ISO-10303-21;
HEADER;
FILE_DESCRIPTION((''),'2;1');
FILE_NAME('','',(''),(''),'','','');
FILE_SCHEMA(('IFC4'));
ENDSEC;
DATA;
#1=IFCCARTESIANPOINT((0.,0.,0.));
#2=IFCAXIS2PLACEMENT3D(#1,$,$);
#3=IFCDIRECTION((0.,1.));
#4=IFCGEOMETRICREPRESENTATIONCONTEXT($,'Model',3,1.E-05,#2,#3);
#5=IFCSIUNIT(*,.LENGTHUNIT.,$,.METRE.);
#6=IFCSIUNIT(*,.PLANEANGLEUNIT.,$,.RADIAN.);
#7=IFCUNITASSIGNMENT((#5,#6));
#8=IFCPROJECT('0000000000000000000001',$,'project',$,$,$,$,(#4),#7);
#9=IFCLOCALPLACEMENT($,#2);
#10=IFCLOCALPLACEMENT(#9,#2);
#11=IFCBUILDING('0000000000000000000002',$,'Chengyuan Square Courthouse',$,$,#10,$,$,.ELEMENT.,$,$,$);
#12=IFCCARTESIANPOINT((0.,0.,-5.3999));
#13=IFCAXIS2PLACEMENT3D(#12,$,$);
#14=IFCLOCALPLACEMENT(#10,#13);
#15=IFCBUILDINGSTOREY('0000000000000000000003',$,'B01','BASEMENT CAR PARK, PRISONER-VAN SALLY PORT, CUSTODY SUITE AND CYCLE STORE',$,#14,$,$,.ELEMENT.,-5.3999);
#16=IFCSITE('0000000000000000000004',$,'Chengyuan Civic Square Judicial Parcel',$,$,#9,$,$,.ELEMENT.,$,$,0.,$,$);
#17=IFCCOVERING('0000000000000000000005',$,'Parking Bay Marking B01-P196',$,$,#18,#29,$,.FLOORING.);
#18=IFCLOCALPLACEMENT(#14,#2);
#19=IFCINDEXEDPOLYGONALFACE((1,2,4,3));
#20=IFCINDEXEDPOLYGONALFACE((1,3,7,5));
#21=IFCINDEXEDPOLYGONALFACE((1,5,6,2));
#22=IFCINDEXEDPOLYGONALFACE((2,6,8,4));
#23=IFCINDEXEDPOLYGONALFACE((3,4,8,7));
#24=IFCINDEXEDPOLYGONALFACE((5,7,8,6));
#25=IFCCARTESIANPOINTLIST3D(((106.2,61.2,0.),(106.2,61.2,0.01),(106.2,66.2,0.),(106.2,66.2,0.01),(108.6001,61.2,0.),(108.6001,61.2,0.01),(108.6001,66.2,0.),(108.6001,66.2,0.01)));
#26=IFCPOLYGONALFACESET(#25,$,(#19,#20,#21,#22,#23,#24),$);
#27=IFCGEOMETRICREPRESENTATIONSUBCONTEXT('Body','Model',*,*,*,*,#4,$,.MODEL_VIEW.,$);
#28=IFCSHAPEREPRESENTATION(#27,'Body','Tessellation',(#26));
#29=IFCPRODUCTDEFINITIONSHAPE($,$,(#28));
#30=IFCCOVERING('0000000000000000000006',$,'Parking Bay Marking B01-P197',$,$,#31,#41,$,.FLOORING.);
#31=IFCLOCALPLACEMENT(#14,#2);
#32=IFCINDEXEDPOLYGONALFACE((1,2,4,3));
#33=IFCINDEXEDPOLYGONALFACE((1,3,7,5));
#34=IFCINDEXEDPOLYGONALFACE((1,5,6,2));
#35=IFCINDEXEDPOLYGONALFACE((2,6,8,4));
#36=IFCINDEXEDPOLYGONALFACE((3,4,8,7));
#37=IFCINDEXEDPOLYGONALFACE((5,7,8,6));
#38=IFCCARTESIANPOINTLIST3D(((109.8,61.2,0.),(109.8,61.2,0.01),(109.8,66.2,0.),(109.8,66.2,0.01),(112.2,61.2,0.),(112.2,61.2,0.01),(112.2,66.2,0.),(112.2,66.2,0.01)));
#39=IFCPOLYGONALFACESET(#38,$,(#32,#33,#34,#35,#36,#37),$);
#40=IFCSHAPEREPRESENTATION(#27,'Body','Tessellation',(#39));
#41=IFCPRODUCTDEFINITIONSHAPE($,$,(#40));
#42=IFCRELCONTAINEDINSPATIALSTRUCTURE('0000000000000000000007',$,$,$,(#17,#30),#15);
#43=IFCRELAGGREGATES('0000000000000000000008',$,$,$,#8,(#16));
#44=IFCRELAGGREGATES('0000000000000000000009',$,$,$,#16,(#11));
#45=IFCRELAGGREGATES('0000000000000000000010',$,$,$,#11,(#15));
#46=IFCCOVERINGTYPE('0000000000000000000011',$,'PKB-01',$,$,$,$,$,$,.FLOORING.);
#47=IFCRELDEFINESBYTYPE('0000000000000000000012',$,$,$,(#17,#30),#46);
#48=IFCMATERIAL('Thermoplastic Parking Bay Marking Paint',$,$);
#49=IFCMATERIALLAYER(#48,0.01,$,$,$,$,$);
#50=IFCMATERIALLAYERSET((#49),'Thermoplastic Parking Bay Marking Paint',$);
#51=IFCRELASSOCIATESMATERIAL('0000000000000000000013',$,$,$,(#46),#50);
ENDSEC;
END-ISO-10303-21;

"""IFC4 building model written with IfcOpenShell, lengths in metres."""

from ifc_helpers import new_model, si_unit, direction, frame, origin, place, context, subcontext, project, spatial, polyline, outline, extrude, material, layer, layer_set, type_object, element, save


model = new_model("IFC4")

# Units and contexts
model_context = context("Model", 3, precision=1e-05, world=origin(), true_north=direction((0.0, 1.0)))
body_context = subcontext(model_context, "Body", "Model", "MODEL_VIEW")
ifc_project = project(units=[si_unit("LENGTHUNIT", "METRE"), si_unit("PLANEANGLEUNIT", "RADIAN")], contexts=[model_context])

# Site, building, storey
site_placement = place(None, origin())
site = spatial("IfcSite", under=ifc_project, at=site_placement, Name="Chengyuan Civic Square Judicial Parcel", CompositionType="ELEMENT", RefElevation=0.0)
building_placement = place(site_placement, origin())
building = spatial("IfcBuilding", under=site, at=building_placement, Name="Chengyuan Square Courthouse", CompositionType="ELEMENT")
storey_placement = place(building_placement, frame((0.0, 0.0, -5.3999)))
storey = spatial("IfcBuildingStorey", under=building, at=storey_placement, Name="B01", Description="BASEMENT CAR PARK, PRISONER-VAN SALLY PORT, CUSTODY SUITE AND CYCLE STORE", CompositionType="ELEMENT", Elevation=-5.3999)

# Coverings
ifc_material = material(Name="Thermoplastic Parking Bay Marking Paint")
ifc_layer = layer(ifc_material, 0.01)
ifc_layer_set = layer_set([ifc_layer], Name="Thermoplastic Parking Bay Marking Paint")
covering_type = type_object("IfcCoveringType", Name="PKB-01", PredefinedType="FLOORING", material=ifc_layer_set)
covering_1_placement = place(storey_placement, origin())
element("IfcCovering", 1, at=covering_1_placement, inside=storey, type_object=covering_type, Name="Parking Bay Marking B01-P196", PredefinedType="FLOORING", context=body_context, shape_type="SweptSolid", body=[
    extrude(outline(polyline([(106.2, 61.2), (108.6001, 61.2), (108.6001, 66.2), (106.2, 66.2), (106.2, 61.2)])), origin(), (0.0, 0.0, 1.0), 0.01),
])
covering_2_placement = place(storey_placement, origin())
element("IfcCovering", 2, at=covering_2_placement, inside=storey, type_object=covering_type, Name="Parking Bay Marking B01-P197", PredefinedType="FLOORING", context=body_context, shape_type="SweptSolid", body=[
    extrude(outline(polyline([(109.8, 61.2), (112.2, 61.2), (112.2, 66.2), (109.8, 66.2), (109.8, 61.2)])), origin(), (0.0, 0.0, 1.0), 0.01),
])

save(model, "model.ifc")
